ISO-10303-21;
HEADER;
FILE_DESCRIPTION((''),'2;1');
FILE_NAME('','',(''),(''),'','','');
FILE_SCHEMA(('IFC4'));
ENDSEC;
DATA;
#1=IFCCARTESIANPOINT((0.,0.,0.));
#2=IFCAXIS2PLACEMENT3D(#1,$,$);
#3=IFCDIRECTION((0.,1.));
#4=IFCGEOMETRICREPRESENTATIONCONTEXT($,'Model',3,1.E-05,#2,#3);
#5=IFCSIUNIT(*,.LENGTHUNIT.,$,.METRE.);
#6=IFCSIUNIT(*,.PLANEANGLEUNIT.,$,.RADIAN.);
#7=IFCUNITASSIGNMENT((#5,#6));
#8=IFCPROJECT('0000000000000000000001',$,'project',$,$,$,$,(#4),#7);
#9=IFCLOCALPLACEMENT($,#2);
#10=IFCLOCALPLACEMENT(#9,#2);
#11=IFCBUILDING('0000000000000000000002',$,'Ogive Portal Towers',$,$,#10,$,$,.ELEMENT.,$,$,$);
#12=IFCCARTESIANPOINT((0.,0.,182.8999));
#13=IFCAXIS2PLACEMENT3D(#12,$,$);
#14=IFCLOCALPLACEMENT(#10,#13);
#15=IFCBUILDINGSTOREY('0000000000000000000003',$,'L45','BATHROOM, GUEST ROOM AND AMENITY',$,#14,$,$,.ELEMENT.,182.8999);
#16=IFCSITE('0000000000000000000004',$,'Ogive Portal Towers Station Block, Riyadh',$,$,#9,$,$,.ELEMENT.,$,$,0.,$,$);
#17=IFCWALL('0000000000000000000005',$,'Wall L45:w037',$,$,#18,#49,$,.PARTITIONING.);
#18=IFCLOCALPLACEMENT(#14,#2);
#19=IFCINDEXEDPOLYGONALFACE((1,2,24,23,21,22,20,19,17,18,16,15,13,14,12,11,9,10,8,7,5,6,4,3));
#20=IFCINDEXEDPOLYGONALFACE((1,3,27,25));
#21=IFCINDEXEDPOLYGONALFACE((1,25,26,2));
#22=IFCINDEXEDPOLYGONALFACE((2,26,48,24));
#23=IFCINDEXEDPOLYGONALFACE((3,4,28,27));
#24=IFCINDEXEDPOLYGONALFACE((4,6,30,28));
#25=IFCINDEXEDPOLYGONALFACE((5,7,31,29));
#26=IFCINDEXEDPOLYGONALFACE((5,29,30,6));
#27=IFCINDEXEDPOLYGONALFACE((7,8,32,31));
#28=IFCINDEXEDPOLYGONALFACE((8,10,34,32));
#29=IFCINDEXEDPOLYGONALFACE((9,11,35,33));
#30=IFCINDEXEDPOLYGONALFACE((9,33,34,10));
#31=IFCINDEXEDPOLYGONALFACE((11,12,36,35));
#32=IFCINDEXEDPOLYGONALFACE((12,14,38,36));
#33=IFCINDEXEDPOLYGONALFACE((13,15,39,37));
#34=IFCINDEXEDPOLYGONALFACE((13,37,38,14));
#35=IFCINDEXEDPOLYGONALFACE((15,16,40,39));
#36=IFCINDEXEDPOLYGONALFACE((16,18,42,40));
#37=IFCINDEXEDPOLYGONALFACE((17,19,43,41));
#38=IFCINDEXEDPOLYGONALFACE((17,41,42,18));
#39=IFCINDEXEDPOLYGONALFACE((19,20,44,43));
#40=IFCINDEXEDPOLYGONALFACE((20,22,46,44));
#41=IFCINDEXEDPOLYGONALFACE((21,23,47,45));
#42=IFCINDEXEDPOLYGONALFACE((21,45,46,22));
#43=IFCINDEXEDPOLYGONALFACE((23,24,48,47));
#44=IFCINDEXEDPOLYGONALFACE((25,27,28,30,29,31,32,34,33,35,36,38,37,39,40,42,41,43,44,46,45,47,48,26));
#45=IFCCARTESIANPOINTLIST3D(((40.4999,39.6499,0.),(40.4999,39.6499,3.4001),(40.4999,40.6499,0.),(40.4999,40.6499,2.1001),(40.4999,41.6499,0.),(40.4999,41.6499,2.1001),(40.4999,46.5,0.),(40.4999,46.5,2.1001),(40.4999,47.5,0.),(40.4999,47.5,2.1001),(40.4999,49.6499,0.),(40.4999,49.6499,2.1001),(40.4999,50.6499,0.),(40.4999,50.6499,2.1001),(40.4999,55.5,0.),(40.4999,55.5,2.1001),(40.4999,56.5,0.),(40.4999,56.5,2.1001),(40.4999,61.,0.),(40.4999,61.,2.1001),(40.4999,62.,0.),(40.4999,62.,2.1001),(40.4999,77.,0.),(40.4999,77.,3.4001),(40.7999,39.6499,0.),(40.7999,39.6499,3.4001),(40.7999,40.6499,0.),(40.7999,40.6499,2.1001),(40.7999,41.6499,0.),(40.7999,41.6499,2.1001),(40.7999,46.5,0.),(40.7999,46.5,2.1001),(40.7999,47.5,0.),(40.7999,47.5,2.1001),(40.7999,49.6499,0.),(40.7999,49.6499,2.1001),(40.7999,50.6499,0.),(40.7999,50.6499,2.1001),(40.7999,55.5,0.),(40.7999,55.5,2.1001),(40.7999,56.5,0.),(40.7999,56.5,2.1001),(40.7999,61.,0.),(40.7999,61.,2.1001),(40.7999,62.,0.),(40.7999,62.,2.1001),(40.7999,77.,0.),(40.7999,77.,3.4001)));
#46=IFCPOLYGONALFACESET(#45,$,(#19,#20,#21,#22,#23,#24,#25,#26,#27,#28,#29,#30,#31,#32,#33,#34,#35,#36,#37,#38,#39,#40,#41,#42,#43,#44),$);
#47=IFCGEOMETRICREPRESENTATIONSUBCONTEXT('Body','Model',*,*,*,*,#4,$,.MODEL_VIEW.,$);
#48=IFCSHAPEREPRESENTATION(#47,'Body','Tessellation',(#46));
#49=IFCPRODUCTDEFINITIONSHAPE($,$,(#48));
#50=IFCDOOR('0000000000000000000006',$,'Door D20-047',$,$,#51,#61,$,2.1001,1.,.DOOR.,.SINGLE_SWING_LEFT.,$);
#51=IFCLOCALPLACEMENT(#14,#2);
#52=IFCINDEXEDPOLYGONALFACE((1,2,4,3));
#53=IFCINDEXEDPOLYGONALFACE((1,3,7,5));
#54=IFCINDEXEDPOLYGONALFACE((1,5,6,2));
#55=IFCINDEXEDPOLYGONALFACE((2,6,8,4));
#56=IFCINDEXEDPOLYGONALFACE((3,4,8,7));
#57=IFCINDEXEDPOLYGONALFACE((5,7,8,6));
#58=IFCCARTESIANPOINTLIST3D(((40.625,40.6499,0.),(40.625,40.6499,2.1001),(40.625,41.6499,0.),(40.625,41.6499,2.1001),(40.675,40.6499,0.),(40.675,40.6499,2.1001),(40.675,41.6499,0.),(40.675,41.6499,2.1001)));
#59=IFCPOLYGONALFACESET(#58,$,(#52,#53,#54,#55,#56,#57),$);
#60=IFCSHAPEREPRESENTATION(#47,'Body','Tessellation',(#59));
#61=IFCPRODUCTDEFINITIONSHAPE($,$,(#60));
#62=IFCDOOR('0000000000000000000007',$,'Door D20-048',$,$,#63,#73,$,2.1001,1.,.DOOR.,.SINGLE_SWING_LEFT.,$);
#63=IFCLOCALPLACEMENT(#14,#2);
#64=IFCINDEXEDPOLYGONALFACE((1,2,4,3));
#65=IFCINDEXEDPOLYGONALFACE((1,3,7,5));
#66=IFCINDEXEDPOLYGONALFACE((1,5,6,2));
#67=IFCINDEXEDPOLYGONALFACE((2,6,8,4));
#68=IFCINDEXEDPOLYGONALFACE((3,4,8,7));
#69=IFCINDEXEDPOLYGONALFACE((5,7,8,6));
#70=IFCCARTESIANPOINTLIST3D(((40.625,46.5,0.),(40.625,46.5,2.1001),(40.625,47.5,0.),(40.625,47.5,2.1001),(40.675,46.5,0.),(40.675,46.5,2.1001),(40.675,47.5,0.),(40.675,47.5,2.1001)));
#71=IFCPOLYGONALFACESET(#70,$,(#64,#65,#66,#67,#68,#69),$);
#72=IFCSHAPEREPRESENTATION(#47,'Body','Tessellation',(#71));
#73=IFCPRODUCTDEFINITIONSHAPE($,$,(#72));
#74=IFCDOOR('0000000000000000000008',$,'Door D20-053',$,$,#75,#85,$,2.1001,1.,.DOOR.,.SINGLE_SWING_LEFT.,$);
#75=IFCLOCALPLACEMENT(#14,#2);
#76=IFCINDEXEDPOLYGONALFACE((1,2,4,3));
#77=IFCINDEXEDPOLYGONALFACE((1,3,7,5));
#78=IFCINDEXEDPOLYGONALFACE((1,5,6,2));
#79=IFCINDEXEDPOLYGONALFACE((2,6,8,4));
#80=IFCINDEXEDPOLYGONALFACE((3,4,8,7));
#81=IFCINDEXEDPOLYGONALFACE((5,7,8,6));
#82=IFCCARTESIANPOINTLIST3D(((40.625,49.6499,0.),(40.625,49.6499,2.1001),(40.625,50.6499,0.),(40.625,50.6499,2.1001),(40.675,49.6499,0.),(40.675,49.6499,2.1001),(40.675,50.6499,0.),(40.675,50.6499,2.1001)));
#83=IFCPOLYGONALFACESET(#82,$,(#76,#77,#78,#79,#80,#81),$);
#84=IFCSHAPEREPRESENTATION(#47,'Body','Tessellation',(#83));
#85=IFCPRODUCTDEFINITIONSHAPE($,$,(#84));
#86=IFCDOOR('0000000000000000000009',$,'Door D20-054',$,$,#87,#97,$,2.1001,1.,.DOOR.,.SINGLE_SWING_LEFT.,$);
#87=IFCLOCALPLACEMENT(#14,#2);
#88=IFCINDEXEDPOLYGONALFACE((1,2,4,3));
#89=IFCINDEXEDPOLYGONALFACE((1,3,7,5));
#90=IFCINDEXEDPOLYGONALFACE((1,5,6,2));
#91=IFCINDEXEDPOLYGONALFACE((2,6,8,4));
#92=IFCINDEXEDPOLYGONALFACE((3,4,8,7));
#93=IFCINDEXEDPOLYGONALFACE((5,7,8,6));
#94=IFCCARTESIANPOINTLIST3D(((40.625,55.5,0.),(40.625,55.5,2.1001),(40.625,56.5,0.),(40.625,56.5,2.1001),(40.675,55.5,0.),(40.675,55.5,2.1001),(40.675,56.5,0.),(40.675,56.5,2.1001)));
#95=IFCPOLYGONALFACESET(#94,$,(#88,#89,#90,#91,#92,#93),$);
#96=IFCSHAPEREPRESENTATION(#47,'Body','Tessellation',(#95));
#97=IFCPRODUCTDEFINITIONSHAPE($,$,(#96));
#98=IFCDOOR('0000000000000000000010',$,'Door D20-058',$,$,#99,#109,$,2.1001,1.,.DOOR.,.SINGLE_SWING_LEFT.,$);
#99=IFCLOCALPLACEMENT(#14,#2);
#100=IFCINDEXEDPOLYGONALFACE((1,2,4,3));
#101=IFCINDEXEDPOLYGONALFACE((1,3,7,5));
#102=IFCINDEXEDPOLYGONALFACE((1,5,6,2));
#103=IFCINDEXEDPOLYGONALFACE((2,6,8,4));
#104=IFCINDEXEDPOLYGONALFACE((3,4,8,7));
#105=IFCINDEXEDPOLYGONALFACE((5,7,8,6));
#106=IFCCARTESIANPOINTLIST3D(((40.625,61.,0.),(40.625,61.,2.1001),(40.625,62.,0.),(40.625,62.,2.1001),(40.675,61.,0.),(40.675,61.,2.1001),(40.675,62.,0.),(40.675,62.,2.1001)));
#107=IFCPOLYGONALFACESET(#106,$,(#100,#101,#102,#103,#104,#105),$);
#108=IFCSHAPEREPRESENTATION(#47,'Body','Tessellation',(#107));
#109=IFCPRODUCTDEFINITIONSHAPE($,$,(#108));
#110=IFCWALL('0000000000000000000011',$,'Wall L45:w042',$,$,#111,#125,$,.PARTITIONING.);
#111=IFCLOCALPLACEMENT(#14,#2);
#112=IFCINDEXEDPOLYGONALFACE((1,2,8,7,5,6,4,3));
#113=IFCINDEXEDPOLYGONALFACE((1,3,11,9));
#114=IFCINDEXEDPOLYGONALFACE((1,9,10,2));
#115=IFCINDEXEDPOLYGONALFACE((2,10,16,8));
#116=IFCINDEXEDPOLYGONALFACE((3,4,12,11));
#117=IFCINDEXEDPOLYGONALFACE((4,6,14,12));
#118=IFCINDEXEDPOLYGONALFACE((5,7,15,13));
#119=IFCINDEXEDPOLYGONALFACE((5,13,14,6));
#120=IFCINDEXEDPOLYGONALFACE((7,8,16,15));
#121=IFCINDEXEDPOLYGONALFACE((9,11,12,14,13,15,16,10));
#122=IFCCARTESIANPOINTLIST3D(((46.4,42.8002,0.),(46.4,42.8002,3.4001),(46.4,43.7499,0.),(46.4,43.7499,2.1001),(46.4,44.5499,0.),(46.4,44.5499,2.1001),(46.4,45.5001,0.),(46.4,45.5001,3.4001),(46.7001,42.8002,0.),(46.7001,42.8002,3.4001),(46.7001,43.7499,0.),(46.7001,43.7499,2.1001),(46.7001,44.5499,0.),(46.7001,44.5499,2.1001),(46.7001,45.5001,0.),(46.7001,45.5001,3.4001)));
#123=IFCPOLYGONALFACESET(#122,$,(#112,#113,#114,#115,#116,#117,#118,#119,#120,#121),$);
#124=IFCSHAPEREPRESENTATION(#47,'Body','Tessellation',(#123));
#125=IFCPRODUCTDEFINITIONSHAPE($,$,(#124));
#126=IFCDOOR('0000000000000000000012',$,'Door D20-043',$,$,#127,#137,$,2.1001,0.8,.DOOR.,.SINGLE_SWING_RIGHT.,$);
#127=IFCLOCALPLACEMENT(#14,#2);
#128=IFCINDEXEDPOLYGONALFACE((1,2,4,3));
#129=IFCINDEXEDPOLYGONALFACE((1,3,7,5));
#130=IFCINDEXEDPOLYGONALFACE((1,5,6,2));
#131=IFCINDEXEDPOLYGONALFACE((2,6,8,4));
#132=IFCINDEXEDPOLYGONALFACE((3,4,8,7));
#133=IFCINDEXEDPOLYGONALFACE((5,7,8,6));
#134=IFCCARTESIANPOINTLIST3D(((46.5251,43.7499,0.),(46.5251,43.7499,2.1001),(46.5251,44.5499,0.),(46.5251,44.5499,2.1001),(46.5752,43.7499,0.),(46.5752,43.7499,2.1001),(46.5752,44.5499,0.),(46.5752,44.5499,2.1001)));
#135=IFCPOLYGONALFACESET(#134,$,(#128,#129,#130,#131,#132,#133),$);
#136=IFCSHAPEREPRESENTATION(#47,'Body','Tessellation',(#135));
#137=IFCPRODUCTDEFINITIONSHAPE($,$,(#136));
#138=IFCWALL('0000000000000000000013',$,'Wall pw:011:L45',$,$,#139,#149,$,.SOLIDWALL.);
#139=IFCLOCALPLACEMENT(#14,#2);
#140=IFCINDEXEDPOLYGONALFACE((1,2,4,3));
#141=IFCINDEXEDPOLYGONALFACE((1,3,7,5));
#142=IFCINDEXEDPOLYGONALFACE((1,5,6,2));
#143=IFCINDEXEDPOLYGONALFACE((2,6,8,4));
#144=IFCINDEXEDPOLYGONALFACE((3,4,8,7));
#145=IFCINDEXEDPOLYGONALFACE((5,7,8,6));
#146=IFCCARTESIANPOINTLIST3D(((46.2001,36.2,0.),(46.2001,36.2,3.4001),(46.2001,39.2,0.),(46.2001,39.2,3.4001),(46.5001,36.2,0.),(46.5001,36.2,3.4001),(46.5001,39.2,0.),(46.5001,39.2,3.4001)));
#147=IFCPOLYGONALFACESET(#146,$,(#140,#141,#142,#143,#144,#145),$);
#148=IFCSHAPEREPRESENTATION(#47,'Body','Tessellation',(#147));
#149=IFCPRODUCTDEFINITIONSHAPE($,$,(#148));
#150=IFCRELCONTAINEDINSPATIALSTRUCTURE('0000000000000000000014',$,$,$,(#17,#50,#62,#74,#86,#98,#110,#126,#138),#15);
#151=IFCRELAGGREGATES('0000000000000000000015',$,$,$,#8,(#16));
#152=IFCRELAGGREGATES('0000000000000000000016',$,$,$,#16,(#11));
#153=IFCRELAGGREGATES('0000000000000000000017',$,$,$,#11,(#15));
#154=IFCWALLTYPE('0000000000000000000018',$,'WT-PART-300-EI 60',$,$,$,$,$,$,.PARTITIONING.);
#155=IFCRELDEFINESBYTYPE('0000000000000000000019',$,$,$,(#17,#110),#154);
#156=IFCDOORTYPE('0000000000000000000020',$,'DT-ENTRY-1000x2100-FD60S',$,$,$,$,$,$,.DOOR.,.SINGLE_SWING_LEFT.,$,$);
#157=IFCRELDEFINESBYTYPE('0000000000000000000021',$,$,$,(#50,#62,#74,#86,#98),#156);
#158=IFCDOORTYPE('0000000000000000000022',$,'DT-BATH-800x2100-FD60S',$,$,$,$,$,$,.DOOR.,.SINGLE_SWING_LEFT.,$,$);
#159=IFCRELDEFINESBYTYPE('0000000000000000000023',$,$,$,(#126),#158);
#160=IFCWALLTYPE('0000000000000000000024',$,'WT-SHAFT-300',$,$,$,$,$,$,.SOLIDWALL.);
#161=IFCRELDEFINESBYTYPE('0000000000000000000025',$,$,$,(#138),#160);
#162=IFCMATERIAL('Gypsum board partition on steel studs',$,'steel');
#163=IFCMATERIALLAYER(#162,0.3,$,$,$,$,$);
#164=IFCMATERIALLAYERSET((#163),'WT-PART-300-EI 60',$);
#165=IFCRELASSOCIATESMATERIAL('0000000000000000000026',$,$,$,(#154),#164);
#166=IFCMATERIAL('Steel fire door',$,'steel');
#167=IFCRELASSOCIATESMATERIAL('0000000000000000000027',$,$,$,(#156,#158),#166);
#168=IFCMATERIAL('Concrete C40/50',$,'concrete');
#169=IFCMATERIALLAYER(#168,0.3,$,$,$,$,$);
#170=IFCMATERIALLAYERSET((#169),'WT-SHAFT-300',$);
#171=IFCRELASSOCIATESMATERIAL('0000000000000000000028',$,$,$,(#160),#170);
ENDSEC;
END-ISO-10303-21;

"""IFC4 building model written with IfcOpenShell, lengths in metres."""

from ifc_helpers import new_model, si_unit, direction, frame, frame_2d, origin, place, context, subcontext, project, spatial, rectangle, extrude, material, layer, layer_set, type_object, element, fill, save


model = new_model("IFC4")

# Units and contexts
model_context = context("Model", 3, precision=1e-05, world=origin(), true_north=direction((0.0, 1.0)))
body_context = subcontext(model_context, "Body", "Model", "MODEL_VIEW")
ifc_project = project(units=[si_unit("LENGTHUNIT", "METRE"), si_unit("PLANEANGLEUNIT", "RADIAN")], contexts=[model_context])

# Site, building, storey
site_placement = place(None, origin())
site = spatial("IfcSite", under=ifc_project, at=site_placement, Name="Ogive Portal Towers Station Block, Riyadh", CompositionType="ELEMENT", RefElevation=0.0)
building_placement = place(site_placement, origin())
building = spatial("IfcBuilding", under=site, at=building_placement, Name="Ogive Portal Towers", CompositionType="ELEMENT")
storey_placement = place(building_placement, frame((0.0, 0.0, 182.8999)))
storey = spatial("IfcBuildingStorey", under=building, at=storey_placement, Name="L45", Description="BATHROOM, GUEST ROOM AND AMENITY", CompositionType="ELEMENT", Elevation=182.8999)

# Shared definitions
ifc_material_1 = material(Name="Steel fire door", Category="steel")

# Shared definitions
ifc_material_2 = material(Name="Gypsum board partition on steel studs", Category="steel")
ifc_layer_1 = layer(ifc_material_2, 0.3)
ifc_layer_set_1 = layer_set([ifc_layer_1], Name="WT-PART-300-EI 60")
wall_type_1 = type_object("IfcWallType", Name="WT-PART-300-EI 60", PredefinedType="PARTITIONING", material=ifc_layer_set_1)

# Wall, openings, doors
wall_1_placement = place(storey_placement, frame((40.6499, 39.6499, 0.0), z_axis=(0.0, 0.0, 1.0), x_axis=(0.0, 1.0, 0.0)))
wall_1 = element("IfcWall", 1, at=wall_1_placement, inside=storey, type_object=wall_type_1, Name="Wall L45:w037", PredefinedType="PARTITIONING", context=body_context, shape_type="SweptSolid", body=[
    extrude(rectangle(XDim=37.3501, YDim=0.3, at=frame_2d((18.675, 0.0))), origin(), (0.0, 0.0, 1.0), 3.4001),
])
opening_1_placement = place(wall_1_placement, frame((1.0, 0.0, 0.0)))
opening_1 = element("IfcOpeningElement", 2, at=opening_1_placement, cuts=wall_1, PredefinedType="OPENING", context=body_context, shape_type="SweptSolid", body=[
    extrude(rectangle(XDim=1.0, YDim=2.1001, at=frame_2d((0.5, 1.05))), frame((0.0, 0.1602, 0.0), z_axis=(0.0, -1.0, 0.0), x_axis=(1.0, 0.0, 0.0)), (0.0, 0.0, 1.0), 0.3201),
])
opening_2_placement = place(wall_1_placement, frame((6.8501, 0.0, 0.0)))
opening_2 = element("IfcOpeningElement", 3, at=opening_2_placement, cuts=wall_1, PredefinedType="OPENING", context=body_context, shape_type="SweptSolid", body=[
    extrude(rectangle(XDim=1.0, YDim=2.1001, at=frame_2d((0.5, 1.05))), frame((0.0, 0.1602, 0.0), z_axis=(0.0, -1.0, 0.0), x_axis=(1.0, 0.0, 0.0)), (0.0, 0.0, 1.0), 0.3201),
])
opening_3_placement = place(wall_1_placement, frame((10.0, 0.0, 0.0)))
opening_3 = element("IfcOpeningElement", 4, at=opening_3_placement, cuts=wall_1, PredefinedType="OPENING", context=body_context, shape_type="SweptSolid", body=[
    extrude(rectangle(XDim=1.0, YDim=2.1001, at=frame_2d((0.5, 1.05))), frame((0.0, 0.1602, 0.0), z_axis=(0.0, -1.0, 0.0), x_axis=(1.0, 0.0, 0.0)), (0.0, 0.0, 1.0), 0.3201),
])
opening_4_placement = place(wall_1_placement, frame((15.8501, 0.0, 0.0)))
opening_4 = element("IfcOpeningElement", 5, at=opening_4_placement, cuts=wall_1, PredefinedType="OPENING", context=body_context, shape_type="SweptSolid", body=[
    extrude(rectangle(XDim=1.0, YDim=2.1001, at=frame_2d((0.5, 1.05))), frame((0.0, 0.1602, 0.0), z_axis=(0.0, -1.0, 0.0), x_axis=(1.0, 0.0, 0.0)), (0.0, 0.0, 1.0), 0.3201),
])
opening_5_placement = place(wall_1_placement, frame((21.3501, 0.0, 0.0)))
opening_5 = element("IfcOpeningElement", 6, at=opening_5_placement, cuts=wall_1, PredefinedType="OPENING", context=body_context, shape_type="SweptSolid", body=[
    extrude(rectangle(XDim=1.0, YDim=2.1001, at=frame_2d((0.5, 1.05))), frame((0.0, 0.1602, 0.0), z_axis=(0.0, -1.0, 0.0), x_axis=(1.0, 0.0, 0.0)), (0.0, 0.0, 1.0), 0.3201),
])
door_type_1 = type_object("IfcDoorType", Name="DT-ENTRY-1000x2100-FD60S", OperationType="SINGLE_SWING_LEFT", PredefinedType="DOOR", material=ifc_material_1)
door_1_placement = place(opening_1_placement, origin())
door_1 = element("IfcDoor", 7, at=door_1_placement, inside=storey, type_object=door_type_1, Name="Door D20-047", OperationType="SINGLE_SWING_LEFT", OverallHeight=2.1001, OverallWidth=1.0, PredefinedType="DOOR", context=body_context, shape_type="SweptSolid", body=[
    extrude(rectangle(XDim=1.0, YDim=2.1001, at=frame_2d((0.5, 1.05))), frame((0.0, 0.0249, 0.0), z_axis=(0.0, -1.0, 0.0), x_axis=(1.0, 0.0, 0.0)), (0.0, 0.0, 1.0), 0.05),
])
fill(opening_1, door_1)
door_2_placement = place(opening_2_placement, origin())
door_2 = element("IfcDoor", 8, at=door_2_placement, inside=storey, type_object=door_type_1, Name="Door D20-048", OperationType="SINGLE_SWING_LEFT", OverallHeight=2.1001, OverallWidth=1.0, PredefinedType="DOOR", context=body_context, shape_type="SweptSolid", body=[
    extrude(rectangle(XDim=1.0, YDim=2.1001, at=frame_2d((0.5, 1.05))), frame((0.0, 0.0249, 0.0), z_axis=(0.0, -1.0, 0.0), x_axis=(1.0, 0.0, 0.0)), (0.0, 0.0, 1.0), 0.05),
])
fill(opening_2, door_2)
door_3_placement = place(opening_3_placement, origin())
door_3 = element("IfcDoor", 9, at=door_3_placement, inside=storey, type_object=door_type_1, Name="Door D20-053", OperationType="SINGLE_SWING_LEFT", OverallHeight=2.1001, OverallWidth=1.0, PredefinedType="DOOR", context=body_context, shape_type="SweptSolid", body=[
    extrude(rectangle(XDim=1.0, YDim=2.1001, at=frame_2d((0.5, 1.05))), frame((0.0, 0.0249, 0.0), z_axis=(0.0, -1.0, 0.0), x_axis=(1.0, 0.0, 0.0)), (0.0, 0.0, 1.0), 0.05),
])
fill(opening_3, door_3)
door_4_placement = place(opening_4_placement, origin())
door_4 = element("IfcDoor", 10, at=door_4_placement, inside=storey, type_object=door_type_1, Name="Door D20-054", OperationType="SINGLE_SWING_LEFT", OverallHeight=2.1001, OverallWidth=1.0, PredefinedType="DOOR", context=body_context, shape_type="SweptSolid", body=[
    extrude(rectangle(XDim=1.0, YDim=2.1001, at=frame_2d((0.5, 1.05))), frame((0.0, 0.0249, 0.0), z_axis=(0.0, -1.0, 0.0), x_axis=(1.0, 0.0, 0.0)), (0.0, 0.0, 1.0), 0.05),
])
fill(opening_4, door_4)
door_5_placement = place(opening_5_placement, origin())
door_5 = element("IfcDoor", 11, at=door_5_placement, inside=storey, type_object=door_type_1, Name="Door D20-058", OperationType="SINGLE_SWING_LEFT", OverallHeight=2.1001, OverallWidth=1.0, PredefinedType="DOOR", context=body_context, shape_type="SweptSolid", body=[
    extrude(rectangle(XDim=1.0, YDim=2.1001, at=frame_2d((0.5, 1.05))), frame((0.0, 0.0249, 0.0), z_axis=(0.0, -1.0, 0.0), x_axis=(1.0, 0.0, 0.0)), (0.0, 0.0, 1.0), 0.05),
])
fill(opening_5, door_5)

# Wall, opening, door
wall_2_placement = place(storey_placement, frame((46.55, 42.8, 0.0), z_axis=(0.0, 0.0, 1.0), x_axis=(0.0, 1.0, 0.0)))
wall_2 = element("IfcWall", 12, at=wall_2_placement, inside=storey, type_object=wall_type_1, Name="Wall L45:w042", PredefinedType="PARTITIONING", context=body_context, shape_type="SweptSolid", body=[
    extrude(rectangle(XDim=2.7, YDim=0.3, at=frame_2d((1.3501, 0.0))), origin(), (0.0, 0.0, 1.0), 3.4001),
])
opening_6_placement = place(wall_2_placement, frame((0.95, 0.0, 0.0)))
opening_6 = element("IfcOpeningElement", 13, at=opening_6_placement, cuts=wall_2, PredefinedType="OPENING", context=body_context, shape_type="SweptSolid", body=[
    extrude(rectangle(XDim=0.8, YDim=2.1001, at=frame_2d((0.3999, 1.05))), frame((0.0, 0.1602, 0.0), z_axis=(0.0, -1.0, 0.0), x_axis=(1.0, 0.0, 0.0)), (0.0, 0.0, 1.0), 0.3201),
])
door_type_2 = type_object("IfcDoorType", Name="DT-BATH-800x2100-FD60S", OperationType="SINGLE_SWING_LEFT", PredefinedType="DOOR", material=ifc_material_1)
door_6_placement = place(opening_6_placement, origin())
door_6 = element("IfcDoor", 14, at=door_6_placement, inside=storey, type_object=door_type_2, Name="Door D20-043", OperationType="SINGLE_SWING_RIGHT", OverallHeight=2.1001, OverallWidth=0.8, PredefinedType="DOOR", context=body_context, shape_type="SweptSolid", body=[
    extrude(rectangle(XDim=0.8, YDim=2.1001, at=frame_2d((0.3999, 1.05))), frame((0.0, 0.0249, 0.0), z_axis=(0.0, -1.0, 0.0), x_axis=(1.0, 0.0, 0.0)), (0.0, 0.0, 1.0), 0.05),
])
fill(opening_6, door_6)

# Wall
ifc_material_3 = material(Name="Concrete C40/50", Category="concrete")
ifc_layer_2 = layer(ifc_material_3, 0.3)
ifc_layer_set_2 = layer_set([ifc_layer_2], Name="WT-SHAFT-300")
wall_type_2 = type_object("IfcWallType", Name="WT-SHAFT-300", PredefinedType="SOLIDWALL", material=ifc_layer_set_2)
wall_3_placement = place(storey_placement, frame((46.3501, 36.2, 0.0), z_axis=(0.0, 0.0, 1.0), x_axis=(0.0, 1.0, 0.0)))
element("IfcWall", 15, at=wall_3_placement, inside=storey, type_object=wall_type_2, Name="Wall pw:011:L45", PredefinedType="SOLIDWALL", context=body_context, shape_type="SweptSolid", body=[
    extrude(rectangle(XDim=3.0, YDim=0.3, at=frame_2d((1.5, 0.0))), origin(), (0.0, 0.0, 1.0), 3.4001),
])

save(model, "model.ifc")
